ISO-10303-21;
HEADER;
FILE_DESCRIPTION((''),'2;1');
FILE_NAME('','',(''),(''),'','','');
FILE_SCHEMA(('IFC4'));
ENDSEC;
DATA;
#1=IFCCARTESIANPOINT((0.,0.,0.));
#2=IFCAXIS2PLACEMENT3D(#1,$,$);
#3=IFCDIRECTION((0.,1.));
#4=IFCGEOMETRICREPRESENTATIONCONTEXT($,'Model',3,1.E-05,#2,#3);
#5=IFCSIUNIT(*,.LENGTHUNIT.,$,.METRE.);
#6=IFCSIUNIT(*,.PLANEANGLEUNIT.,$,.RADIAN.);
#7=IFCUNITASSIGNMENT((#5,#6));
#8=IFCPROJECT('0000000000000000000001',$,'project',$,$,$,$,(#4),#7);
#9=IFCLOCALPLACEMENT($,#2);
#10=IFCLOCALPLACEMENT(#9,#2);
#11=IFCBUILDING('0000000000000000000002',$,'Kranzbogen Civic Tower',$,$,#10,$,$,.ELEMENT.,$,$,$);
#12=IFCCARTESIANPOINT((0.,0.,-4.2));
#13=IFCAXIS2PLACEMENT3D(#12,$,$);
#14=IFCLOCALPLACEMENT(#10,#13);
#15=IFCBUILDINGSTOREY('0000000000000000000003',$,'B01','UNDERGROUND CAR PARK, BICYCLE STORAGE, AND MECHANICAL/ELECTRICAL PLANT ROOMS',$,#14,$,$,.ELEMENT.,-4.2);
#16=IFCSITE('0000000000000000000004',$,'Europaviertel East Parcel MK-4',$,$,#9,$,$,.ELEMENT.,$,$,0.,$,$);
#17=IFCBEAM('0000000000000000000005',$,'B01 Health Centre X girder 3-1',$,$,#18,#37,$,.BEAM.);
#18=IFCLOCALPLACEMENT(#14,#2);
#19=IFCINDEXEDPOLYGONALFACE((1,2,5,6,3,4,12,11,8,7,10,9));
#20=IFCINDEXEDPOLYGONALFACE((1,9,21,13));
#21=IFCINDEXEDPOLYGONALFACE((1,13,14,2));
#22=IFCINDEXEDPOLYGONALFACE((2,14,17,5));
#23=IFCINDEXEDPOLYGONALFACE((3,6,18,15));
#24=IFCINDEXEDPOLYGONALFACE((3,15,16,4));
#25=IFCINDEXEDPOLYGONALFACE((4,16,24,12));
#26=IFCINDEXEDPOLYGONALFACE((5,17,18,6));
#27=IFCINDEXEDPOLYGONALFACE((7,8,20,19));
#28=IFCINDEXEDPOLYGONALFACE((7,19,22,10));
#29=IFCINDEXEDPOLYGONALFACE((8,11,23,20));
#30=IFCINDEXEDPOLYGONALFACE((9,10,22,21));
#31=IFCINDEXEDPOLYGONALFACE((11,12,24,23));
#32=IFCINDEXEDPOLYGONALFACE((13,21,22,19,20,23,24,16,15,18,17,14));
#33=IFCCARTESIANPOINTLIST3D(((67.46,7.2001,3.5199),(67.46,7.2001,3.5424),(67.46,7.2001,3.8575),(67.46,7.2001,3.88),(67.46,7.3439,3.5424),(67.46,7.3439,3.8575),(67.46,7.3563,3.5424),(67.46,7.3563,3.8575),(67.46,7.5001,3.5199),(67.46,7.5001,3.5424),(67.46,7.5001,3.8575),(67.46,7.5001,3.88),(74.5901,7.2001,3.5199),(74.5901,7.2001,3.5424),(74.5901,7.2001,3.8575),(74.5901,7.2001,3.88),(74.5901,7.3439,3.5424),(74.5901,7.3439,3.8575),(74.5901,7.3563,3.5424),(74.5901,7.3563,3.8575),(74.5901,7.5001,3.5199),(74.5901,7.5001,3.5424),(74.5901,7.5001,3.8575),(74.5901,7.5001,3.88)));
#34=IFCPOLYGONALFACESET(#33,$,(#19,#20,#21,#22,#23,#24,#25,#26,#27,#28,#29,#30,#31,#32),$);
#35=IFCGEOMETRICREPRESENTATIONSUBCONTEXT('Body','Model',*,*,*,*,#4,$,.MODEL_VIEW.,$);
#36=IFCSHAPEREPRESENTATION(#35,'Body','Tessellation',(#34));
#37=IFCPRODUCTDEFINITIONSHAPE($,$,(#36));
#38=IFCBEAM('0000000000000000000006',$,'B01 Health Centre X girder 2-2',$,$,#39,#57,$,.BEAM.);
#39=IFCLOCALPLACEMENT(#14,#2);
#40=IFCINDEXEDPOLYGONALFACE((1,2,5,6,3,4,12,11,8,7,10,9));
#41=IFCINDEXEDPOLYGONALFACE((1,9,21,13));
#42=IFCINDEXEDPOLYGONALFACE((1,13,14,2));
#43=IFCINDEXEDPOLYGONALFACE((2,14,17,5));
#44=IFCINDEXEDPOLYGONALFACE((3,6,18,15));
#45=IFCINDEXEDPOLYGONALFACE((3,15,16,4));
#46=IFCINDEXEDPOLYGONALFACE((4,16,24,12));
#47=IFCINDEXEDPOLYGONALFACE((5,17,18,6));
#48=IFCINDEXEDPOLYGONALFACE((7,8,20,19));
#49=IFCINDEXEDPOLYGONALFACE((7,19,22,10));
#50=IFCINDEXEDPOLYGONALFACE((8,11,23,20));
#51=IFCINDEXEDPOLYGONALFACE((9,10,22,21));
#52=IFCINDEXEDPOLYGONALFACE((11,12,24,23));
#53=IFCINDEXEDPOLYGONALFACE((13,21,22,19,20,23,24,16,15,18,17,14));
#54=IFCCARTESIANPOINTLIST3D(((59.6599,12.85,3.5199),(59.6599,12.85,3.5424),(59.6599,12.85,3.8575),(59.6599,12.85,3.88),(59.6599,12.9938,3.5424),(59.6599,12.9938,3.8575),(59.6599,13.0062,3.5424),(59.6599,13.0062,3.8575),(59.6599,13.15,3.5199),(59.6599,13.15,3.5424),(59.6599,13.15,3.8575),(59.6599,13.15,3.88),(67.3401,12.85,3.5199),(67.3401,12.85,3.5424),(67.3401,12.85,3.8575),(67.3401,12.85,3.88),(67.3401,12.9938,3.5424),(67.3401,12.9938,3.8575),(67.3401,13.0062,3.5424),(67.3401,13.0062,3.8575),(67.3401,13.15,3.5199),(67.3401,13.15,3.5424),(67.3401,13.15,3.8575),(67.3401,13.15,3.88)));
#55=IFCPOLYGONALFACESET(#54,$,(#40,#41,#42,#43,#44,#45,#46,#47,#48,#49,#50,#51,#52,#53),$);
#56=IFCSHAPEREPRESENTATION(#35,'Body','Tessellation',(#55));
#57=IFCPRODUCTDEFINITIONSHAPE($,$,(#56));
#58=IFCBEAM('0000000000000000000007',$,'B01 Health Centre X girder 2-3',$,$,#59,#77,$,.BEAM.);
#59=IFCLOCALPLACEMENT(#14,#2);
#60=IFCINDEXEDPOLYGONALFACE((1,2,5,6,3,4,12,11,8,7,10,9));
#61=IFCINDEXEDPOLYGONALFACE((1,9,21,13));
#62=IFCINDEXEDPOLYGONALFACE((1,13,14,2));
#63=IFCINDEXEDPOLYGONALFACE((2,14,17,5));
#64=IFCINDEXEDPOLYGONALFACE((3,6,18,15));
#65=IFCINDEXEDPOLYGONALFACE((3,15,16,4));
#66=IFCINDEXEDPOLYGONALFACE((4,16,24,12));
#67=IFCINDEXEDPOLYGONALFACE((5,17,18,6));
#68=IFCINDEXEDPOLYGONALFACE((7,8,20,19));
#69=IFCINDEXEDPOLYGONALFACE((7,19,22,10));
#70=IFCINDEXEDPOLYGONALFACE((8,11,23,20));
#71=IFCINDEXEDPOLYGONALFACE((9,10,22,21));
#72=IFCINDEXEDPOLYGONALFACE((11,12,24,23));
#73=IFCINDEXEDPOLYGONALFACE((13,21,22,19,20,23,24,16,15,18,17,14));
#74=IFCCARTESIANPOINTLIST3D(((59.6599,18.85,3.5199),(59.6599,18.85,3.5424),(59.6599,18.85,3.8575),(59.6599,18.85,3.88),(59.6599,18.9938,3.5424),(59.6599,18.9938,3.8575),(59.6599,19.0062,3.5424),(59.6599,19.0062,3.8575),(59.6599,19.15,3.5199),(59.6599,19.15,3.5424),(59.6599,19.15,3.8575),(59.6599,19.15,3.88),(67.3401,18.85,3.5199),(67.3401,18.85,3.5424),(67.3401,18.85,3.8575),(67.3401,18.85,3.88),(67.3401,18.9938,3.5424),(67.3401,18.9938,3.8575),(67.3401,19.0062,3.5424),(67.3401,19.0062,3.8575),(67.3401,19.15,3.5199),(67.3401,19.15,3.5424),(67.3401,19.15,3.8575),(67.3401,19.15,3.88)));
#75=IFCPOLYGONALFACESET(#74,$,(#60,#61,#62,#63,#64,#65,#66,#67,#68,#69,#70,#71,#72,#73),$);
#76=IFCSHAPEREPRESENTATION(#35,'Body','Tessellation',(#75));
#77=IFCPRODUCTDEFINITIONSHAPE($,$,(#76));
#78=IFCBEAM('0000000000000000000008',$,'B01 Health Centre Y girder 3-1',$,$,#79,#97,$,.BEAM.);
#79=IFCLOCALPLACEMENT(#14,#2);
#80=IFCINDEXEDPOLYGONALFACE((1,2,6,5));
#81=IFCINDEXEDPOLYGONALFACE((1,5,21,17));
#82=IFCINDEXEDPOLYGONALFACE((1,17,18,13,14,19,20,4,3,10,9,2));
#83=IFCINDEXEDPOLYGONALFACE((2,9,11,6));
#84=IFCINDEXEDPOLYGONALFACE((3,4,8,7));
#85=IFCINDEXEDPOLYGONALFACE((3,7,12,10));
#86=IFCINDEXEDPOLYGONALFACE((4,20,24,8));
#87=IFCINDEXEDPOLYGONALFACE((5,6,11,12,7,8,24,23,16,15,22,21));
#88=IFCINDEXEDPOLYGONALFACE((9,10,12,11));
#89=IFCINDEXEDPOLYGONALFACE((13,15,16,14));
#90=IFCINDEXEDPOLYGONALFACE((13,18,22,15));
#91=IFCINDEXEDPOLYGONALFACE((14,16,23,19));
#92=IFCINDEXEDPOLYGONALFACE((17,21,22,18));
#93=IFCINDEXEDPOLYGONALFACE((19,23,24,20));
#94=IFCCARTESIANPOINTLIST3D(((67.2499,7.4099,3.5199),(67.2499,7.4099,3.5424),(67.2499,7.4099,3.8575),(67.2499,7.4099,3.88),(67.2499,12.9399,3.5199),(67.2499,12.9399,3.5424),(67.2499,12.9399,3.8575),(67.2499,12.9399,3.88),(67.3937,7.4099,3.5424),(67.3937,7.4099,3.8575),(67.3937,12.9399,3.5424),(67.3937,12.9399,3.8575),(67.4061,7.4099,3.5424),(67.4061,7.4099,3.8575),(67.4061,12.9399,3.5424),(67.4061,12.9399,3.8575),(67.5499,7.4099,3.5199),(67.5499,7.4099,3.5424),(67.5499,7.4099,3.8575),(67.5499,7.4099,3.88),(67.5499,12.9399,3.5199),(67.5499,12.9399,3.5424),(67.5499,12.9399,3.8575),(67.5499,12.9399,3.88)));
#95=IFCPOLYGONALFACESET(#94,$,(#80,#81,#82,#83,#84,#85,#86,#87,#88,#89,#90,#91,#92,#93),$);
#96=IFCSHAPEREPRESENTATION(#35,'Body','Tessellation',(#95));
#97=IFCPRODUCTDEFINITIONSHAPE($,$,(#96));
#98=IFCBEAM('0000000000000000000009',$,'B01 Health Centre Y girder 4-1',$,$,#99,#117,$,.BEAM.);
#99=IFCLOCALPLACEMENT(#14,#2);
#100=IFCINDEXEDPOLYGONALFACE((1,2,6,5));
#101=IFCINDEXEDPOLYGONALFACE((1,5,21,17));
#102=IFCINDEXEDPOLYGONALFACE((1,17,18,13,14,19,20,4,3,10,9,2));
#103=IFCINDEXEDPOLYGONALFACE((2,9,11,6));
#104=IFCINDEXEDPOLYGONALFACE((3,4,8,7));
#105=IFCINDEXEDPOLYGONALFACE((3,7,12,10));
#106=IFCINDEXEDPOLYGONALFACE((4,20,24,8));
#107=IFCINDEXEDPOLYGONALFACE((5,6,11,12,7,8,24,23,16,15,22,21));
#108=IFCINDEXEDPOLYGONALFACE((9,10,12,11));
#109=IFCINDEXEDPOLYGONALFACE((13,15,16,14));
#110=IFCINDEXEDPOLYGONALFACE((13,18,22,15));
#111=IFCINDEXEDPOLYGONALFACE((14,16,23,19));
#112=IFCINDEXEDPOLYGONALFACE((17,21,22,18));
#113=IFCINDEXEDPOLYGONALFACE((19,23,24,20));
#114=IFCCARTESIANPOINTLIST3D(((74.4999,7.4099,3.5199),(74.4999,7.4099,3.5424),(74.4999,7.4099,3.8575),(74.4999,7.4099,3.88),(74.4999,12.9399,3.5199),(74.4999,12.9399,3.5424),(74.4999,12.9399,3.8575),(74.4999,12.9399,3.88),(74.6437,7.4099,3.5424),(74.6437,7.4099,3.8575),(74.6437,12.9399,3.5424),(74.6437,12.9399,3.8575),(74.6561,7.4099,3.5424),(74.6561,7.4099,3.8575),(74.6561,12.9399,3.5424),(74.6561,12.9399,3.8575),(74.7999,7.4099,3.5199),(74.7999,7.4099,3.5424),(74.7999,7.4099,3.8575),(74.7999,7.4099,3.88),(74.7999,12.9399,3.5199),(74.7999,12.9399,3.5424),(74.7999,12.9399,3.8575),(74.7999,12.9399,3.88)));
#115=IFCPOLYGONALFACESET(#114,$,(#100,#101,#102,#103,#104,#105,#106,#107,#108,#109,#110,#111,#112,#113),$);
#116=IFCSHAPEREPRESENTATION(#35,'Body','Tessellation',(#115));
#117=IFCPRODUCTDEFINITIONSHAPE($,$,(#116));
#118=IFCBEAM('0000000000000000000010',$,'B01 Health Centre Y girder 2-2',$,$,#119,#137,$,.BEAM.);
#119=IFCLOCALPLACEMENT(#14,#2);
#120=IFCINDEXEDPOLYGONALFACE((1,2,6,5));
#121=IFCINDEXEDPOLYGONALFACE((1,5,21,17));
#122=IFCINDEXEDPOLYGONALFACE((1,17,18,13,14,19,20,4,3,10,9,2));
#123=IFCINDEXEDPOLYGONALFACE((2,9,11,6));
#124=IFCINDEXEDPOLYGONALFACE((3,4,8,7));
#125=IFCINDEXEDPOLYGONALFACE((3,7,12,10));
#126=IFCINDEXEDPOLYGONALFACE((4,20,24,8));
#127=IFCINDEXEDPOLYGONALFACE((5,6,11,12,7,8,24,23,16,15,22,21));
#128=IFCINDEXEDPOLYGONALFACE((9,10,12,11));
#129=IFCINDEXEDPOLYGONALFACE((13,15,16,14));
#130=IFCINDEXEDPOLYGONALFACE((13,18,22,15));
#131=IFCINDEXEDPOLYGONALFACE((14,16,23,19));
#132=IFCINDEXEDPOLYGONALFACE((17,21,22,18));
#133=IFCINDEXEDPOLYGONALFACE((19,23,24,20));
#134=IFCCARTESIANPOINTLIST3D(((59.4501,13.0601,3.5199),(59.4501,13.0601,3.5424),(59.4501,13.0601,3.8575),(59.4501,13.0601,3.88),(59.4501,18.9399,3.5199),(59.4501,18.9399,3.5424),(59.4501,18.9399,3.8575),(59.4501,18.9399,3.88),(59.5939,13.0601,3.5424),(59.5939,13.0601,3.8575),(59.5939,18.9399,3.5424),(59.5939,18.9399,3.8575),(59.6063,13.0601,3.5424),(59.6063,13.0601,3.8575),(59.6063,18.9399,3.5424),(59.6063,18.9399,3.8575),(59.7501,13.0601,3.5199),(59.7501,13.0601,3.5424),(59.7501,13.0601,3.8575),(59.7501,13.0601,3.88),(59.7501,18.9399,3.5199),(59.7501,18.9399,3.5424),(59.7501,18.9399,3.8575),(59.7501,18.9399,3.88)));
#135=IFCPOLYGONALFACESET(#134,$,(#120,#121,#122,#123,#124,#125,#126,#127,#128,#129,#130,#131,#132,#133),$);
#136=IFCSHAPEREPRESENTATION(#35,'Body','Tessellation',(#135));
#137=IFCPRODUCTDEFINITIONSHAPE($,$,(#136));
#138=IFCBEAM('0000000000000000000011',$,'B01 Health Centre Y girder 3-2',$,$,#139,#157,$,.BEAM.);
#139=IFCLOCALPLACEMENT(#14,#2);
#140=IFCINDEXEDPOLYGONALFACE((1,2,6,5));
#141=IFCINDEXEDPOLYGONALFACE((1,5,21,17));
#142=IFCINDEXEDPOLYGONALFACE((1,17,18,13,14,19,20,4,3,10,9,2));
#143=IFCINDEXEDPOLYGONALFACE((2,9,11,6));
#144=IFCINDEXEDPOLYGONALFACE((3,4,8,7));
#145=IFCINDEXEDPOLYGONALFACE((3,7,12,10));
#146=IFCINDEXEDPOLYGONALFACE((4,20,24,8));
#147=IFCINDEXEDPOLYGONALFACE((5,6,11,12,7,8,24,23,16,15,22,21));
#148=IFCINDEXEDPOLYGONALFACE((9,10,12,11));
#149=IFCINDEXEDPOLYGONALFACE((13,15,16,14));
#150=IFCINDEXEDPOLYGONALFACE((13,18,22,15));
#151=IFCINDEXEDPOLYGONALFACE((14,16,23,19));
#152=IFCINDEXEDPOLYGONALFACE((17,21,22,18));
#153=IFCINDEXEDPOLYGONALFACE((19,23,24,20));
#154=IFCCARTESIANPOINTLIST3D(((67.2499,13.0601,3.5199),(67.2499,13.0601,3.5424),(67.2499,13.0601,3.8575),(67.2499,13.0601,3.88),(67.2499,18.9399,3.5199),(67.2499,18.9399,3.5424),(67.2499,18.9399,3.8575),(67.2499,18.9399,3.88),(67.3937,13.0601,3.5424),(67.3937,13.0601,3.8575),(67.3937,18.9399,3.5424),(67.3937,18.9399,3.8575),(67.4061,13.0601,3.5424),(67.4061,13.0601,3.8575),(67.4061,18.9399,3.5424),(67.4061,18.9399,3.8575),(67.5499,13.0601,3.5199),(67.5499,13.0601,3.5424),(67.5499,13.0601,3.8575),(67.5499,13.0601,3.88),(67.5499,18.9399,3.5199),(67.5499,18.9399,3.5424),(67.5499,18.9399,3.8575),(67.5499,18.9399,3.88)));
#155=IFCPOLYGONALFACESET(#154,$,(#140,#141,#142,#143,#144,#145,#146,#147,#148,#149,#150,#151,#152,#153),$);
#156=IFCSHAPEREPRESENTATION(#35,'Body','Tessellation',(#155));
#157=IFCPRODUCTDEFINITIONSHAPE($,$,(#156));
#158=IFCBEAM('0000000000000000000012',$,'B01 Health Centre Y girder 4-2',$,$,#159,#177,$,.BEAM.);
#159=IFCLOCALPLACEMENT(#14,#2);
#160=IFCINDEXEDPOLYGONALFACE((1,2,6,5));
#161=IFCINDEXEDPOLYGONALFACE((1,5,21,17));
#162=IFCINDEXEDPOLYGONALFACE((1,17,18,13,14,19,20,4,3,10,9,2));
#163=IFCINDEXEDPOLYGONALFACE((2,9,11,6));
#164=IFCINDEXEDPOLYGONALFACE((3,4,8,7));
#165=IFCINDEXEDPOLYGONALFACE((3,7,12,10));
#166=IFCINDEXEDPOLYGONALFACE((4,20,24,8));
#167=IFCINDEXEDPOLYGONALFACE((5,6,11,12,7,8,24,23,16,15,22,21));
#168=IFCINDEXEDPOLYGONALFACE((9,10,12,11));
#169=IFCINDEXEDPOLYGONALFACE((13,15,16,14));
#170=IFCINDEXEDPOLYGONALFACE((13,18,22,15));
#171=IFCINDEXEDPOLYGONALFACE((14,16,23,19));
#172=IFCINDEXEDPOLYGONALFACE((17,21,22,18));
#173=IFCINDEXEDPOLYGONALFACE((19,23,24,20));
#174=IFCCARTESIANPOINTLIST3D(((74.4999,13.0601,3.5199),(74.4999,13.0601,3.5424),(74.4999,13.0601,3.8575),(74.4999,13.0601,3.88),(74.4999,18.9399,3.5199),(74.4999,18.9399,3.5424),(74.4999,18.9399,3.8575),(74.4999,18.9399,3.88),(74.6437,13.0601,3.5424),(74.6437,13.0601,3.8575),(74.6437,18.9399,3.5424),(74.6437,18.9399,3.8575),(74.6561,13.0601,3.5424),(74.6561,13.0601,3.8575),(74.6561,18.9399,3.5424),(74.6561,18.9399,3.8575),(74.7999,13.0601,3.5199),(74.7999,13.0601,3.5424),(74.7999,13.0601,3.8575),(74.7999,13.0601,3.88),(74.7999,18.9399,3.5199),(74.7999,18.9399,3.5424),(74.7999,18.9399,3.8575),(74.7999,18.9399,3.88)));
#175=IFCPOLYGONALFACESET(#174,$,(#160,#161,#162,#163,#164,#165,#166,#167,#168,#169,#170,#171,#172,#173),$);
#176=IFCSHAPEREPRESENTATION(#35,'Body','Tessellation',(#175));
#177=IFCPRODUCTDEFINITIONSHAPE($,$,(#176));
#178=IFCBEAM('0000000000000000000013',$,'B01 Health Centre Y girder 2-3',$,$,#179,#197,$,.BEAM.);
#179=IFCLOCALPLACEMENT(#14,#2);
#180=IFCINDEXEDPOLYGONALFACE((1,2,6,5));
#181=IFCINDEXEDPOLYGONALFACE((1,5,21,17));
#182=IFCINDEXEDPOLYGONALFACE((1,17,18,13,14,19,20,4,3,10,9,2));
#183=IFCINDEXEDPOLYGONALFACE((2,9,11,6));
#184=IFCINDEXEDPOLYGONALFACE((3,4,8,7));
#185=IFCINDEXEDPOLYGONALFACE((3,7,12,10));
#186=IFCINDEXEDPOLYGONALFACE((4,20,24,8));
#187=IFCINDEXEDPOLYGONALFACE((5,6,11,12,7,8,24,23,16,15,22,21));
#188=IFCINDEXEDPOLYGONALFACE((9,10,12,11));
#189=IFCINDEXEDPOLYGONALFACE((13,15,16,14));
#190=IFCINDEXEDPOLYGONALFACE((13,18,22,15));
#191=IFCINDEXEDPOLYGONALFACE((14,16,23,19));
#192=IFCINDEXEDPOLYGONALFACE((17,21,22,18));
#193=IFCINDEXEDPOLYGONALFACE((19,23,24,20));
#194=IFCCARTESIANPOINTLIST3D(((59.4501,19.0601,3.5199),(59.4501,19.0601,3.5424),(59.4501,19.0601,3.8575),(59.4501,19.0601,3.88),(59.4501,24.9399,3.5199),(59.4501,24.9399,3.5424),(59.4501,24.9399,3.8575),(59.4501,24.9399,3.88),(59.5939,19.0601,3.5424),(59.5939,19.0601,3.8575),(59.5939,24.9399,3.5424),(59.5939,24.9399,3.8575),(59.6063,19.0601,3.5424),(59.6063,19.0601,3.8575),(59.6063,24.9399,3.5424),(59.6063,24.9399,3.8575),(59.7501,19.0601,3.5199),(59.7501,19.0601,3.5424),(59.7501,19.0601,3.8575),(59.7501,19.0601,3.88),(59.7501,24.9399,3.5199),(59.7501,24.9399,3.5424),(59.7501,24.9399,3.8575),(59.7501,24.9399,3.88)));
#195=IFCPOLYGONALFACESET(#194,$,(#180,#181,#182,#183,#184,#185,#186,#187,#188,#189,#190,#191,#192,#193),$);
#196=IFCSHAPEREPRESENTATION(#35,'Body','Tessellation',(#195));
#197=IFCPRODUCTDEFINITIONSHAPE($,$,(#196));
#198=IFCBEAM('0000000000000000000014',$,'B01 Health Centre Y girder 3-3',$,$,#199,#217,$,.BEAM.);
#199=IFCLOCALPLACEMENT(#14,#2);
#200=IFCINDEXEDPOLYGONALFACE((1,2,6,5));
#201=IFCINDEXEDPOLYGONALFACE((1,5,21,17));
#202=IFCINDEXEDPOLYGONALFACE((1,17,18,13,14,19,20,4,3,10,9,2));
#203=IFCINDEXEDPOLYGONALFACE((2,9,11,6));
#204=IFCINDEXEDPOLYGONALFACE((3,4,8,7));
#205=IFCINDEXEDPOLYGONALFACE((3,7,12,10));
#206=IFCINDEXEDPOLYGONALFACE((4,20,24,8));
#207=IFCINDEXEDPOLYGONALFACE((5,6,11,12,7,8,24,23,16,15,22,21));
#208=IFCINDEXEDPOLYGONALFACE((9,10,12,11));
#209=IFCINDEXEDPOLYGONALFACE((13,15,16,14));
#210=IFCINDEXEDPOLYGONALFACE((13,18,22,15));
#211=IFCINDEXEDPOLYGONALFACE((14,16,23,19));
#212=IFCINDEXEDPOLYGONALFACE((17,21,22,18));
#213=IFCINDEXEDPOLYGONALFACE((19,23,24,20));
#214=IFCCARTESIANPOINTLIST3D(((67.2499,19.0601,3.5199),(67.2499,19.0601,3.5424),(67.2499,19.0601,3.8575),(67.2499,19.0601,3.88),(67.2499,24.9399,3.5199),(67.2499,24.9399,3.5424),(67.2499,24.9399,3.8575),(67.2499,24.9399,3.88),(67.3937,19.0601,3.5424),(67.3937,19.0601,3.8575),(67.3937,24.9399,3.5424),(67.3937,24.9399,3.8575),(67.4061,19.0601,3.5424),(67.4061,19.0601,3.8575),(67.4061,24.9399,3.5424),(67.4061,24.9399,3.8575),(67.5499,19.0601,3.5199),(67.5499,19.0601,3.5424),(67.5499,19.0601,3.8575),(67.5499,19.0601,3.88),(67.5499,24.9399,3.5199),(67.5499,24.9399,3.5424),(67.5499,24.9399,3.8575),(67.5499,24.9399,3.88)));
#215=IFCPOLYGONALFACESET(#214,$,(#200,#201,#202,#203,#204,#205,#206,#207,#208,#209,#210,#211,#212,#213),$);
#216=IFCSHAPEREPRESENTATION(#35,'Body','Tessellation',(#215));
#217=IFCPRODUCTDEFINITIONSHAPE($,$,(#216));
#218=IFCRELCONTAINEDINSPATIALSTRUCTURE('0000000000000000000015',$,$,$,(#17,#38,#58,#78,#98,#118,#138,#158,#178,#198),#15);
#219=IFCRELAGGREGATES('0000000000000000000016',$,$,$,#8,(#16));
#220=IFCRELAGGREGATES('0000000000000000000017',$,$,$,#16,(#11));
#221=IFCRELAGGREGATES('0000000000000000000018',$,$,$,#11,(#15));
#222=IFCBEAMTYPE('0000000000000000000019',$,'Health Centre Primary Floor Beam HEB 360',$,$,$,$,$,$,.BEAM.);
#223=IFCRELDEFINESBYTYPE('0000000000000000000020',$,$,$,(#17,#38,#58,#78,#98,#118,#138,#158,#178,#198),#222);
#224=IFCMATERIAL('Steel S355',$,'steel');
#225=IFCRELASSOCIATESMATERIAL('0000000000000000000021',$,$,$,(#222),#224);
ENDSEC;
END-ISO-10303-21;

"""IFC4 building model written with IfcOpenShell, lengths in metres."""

from ifc_helpers import new_model, si_unit, direction, frame, origin, origin_2d, place, context, subcontext, project, spatial, i_section, extrude, material, material_profile, profile_set, type_object, element, save


model = new_model("IFC4")

# Units and contexts
model_context = context("Model", 3, precision=1e-05, world=origin(), true_north=direction((0.0, 1.0)))
body_context = subcontext(model_context, "Body", "Model", "MODEL_VIEW")
ifc_project = project(units=[si_unit("LENGTHUNIT", "METRE"), si_unit("PLANEANGLEUNIT", "RADIAN")], contexts=[model_context])

# Site, building, storey
site_placement = place(None, origin())
site = spatial("IfcSite", under=ifc_project, at=site_placement, Name="Europaviertel East Parcel MK-4", CompositionType="ELEMENT", RefElevation=0.0)
building_placement = place(site_placement, origin())
building = spatial("IfcBuilding", under=site, at=building_placement, Name="Kranzbogen Civic Tower", CompositionType="ELEMENT")
storey_placement = place(building_placement, frame((0.0, 0.0, -4.2)))
storey = spatial("IfcBuildingStorey", under=building, at=storey_placement, Name="B01", Description="UNDERGROUND CAR PARK, BICYCLE STORAGE, AND MECHANICAL/ELECTRICAL PLANT ROOMS", CompositionType="ELEMENT", Elevation=-4.2)

# Shared definitions
ifc_material_1 = material(Name="Steel S355", Category="steel")

# Beams
ifc_material_profile_1 = material_profile(ifc_material_1, i_section(OverallWidth=0.3, OverallDepth=0.3601, WebThickness=0.0125, FlangeThickness=0.0225, at=origin_2d()), Name="HEB 360")
ifc_profile_set_1 = profile_set([ifc_material_profile_1], Name="Steel S355")
beam_type_1 = type_object("IfcBeamType", Name="Health Centre Primary Floor Beam HEB 360", PredefinedType="BEAM", material=ifc_profile_set_1)
beam_1_placement = place(storey_placement, frame((67.46, 7.3501, 3.7), z_axis=(1.0, 0.0, 0.0), x_axis=(0.0, 1.0, 0.0)))
element("IfcBeam", 1, at=beam_1_placement, inside=storey, type_object=beam_type_1, Name="B01 Health Centre X girder 3-1", PredefinedType="BEAM", context=body_context, shape_type="SweptSolid", body=[
    extrude(i_section(OverallWidth=0.3, OverallDepth=0.3601, WebThickness=0.0125, FlangeThickness=0.0225, at=origin_2d()), origin(), (0.0, 0.0, 1.0), 7.1301),
])
for number, where, z_axis, x_axis, name in (
    (2, (59.6599, 13.0, 3.7), (1.0, 0.0, 0.0), (0.0, 1.0, 0.0), "B01 Health Centre X girder 2-2"),
    (3, (59.6599, 19.0, 3.7), (1.0, 0.0, 0.0), (0.0, 1.0, 0.0), "B01 Health Centre X girder 2-3"),
):
    element("IfcBeam", number, at=place(storey_placement, frame(where, z_axis=z_axis, x_axis=x_axis)), inside=storey, type_object=beam_type_1, Name=name, PredefinedType="BEAM", context=body_context, shape_type="SweptSolid", body=[
        extrude(i_section(OverallWidth=0.3, OverallDepth=0.3601, WebThickness=0.0125, FlangeThickness=0.0225, at=origin_2d()), origin(), (0.0, 0.0, 1.0), 7.6802),
    ])
for number, where, z_axis, x_axis, name in (
    (4, (67.3999, 7.4099, 3.7), (0.0, 1.0, 0.0), (-1.0, 0.0, 0.0), "B01 Health Centre Y girder 3-1"),
    (5, (74.6499, 7.4099, 3.7), (0.0, 1.0, 0.0), (-1.0, 0.0, 0.0), "B01 Health Centre Y girder 4-1"),
):
    element("IfcBeam", number, at=place(storey_placement, frame(where, z_axis=z_axis, x_axis=x_axis)), inside=storey, type_object=beam_type_1, Name=name, PredefinedType="BEAM", context=body_context, shape_type="SweptSolid", body=[
        extrude(i_section(OverallWidth=0.3, OverallDepth=0.3601, WebThickness=0.0125, FlangeThickness=0.0225, at=origin_2d()), origin(), (0.0, 0.0, 1.0), 5.53),
    ])
for number, where, z_axis, x_axis, name in (
    (6, (59.6001, 13.0601, 3.7), (0.0, 1.0, 0.0), (-1.0, 0.0, 0.0), "B01 Health Centre Y girder 2-2"),
    (7, (67.3999, 13.0601, 3.7), (0.0, 1.0, 0.0), (-1.0, 0.0, 0.0), "B01 Health Centre Y girder 3-2"),
    (8, (74.6499, 13.0601, 3.7), (0.0, 1.0, 0.0), (-1.0, 0.0, 0.0), "B01 Health Centre Y girder 4-2"),
    (9, (59.6001, 19.0601, 3.7), (0.0, 1.0, 0.0), (-1.0, 0.0, 0.0), "B01 Health Centre Y girder 2-3"),
    (10, (67.3999, 19.0601, 3.7), (0.0, 1.0, 0.0), (-1.0, 0.0, 0.0), "B01 Health Centre Y girder 3-3"),
):
    element("IfcBeam", number, at=place(storey_placement, frame(where, z_axis=z_axis, x_axis=x_axis)), inside=storey, type_object=beam_type_1, Name=name, PredefinedType="BEAM", context=body_context, shape_type="SweptSolid", body=[
        extrude(i_section(OverallWidth=0.3, OverallDepth=0.3601, WebThickness=0.0125, FlangeThickness=0.0225, at=origin_2d()), origin(), (0.0, 0.0, 1.0), 5.8799),
    ])

save(model, "model.ifc")
